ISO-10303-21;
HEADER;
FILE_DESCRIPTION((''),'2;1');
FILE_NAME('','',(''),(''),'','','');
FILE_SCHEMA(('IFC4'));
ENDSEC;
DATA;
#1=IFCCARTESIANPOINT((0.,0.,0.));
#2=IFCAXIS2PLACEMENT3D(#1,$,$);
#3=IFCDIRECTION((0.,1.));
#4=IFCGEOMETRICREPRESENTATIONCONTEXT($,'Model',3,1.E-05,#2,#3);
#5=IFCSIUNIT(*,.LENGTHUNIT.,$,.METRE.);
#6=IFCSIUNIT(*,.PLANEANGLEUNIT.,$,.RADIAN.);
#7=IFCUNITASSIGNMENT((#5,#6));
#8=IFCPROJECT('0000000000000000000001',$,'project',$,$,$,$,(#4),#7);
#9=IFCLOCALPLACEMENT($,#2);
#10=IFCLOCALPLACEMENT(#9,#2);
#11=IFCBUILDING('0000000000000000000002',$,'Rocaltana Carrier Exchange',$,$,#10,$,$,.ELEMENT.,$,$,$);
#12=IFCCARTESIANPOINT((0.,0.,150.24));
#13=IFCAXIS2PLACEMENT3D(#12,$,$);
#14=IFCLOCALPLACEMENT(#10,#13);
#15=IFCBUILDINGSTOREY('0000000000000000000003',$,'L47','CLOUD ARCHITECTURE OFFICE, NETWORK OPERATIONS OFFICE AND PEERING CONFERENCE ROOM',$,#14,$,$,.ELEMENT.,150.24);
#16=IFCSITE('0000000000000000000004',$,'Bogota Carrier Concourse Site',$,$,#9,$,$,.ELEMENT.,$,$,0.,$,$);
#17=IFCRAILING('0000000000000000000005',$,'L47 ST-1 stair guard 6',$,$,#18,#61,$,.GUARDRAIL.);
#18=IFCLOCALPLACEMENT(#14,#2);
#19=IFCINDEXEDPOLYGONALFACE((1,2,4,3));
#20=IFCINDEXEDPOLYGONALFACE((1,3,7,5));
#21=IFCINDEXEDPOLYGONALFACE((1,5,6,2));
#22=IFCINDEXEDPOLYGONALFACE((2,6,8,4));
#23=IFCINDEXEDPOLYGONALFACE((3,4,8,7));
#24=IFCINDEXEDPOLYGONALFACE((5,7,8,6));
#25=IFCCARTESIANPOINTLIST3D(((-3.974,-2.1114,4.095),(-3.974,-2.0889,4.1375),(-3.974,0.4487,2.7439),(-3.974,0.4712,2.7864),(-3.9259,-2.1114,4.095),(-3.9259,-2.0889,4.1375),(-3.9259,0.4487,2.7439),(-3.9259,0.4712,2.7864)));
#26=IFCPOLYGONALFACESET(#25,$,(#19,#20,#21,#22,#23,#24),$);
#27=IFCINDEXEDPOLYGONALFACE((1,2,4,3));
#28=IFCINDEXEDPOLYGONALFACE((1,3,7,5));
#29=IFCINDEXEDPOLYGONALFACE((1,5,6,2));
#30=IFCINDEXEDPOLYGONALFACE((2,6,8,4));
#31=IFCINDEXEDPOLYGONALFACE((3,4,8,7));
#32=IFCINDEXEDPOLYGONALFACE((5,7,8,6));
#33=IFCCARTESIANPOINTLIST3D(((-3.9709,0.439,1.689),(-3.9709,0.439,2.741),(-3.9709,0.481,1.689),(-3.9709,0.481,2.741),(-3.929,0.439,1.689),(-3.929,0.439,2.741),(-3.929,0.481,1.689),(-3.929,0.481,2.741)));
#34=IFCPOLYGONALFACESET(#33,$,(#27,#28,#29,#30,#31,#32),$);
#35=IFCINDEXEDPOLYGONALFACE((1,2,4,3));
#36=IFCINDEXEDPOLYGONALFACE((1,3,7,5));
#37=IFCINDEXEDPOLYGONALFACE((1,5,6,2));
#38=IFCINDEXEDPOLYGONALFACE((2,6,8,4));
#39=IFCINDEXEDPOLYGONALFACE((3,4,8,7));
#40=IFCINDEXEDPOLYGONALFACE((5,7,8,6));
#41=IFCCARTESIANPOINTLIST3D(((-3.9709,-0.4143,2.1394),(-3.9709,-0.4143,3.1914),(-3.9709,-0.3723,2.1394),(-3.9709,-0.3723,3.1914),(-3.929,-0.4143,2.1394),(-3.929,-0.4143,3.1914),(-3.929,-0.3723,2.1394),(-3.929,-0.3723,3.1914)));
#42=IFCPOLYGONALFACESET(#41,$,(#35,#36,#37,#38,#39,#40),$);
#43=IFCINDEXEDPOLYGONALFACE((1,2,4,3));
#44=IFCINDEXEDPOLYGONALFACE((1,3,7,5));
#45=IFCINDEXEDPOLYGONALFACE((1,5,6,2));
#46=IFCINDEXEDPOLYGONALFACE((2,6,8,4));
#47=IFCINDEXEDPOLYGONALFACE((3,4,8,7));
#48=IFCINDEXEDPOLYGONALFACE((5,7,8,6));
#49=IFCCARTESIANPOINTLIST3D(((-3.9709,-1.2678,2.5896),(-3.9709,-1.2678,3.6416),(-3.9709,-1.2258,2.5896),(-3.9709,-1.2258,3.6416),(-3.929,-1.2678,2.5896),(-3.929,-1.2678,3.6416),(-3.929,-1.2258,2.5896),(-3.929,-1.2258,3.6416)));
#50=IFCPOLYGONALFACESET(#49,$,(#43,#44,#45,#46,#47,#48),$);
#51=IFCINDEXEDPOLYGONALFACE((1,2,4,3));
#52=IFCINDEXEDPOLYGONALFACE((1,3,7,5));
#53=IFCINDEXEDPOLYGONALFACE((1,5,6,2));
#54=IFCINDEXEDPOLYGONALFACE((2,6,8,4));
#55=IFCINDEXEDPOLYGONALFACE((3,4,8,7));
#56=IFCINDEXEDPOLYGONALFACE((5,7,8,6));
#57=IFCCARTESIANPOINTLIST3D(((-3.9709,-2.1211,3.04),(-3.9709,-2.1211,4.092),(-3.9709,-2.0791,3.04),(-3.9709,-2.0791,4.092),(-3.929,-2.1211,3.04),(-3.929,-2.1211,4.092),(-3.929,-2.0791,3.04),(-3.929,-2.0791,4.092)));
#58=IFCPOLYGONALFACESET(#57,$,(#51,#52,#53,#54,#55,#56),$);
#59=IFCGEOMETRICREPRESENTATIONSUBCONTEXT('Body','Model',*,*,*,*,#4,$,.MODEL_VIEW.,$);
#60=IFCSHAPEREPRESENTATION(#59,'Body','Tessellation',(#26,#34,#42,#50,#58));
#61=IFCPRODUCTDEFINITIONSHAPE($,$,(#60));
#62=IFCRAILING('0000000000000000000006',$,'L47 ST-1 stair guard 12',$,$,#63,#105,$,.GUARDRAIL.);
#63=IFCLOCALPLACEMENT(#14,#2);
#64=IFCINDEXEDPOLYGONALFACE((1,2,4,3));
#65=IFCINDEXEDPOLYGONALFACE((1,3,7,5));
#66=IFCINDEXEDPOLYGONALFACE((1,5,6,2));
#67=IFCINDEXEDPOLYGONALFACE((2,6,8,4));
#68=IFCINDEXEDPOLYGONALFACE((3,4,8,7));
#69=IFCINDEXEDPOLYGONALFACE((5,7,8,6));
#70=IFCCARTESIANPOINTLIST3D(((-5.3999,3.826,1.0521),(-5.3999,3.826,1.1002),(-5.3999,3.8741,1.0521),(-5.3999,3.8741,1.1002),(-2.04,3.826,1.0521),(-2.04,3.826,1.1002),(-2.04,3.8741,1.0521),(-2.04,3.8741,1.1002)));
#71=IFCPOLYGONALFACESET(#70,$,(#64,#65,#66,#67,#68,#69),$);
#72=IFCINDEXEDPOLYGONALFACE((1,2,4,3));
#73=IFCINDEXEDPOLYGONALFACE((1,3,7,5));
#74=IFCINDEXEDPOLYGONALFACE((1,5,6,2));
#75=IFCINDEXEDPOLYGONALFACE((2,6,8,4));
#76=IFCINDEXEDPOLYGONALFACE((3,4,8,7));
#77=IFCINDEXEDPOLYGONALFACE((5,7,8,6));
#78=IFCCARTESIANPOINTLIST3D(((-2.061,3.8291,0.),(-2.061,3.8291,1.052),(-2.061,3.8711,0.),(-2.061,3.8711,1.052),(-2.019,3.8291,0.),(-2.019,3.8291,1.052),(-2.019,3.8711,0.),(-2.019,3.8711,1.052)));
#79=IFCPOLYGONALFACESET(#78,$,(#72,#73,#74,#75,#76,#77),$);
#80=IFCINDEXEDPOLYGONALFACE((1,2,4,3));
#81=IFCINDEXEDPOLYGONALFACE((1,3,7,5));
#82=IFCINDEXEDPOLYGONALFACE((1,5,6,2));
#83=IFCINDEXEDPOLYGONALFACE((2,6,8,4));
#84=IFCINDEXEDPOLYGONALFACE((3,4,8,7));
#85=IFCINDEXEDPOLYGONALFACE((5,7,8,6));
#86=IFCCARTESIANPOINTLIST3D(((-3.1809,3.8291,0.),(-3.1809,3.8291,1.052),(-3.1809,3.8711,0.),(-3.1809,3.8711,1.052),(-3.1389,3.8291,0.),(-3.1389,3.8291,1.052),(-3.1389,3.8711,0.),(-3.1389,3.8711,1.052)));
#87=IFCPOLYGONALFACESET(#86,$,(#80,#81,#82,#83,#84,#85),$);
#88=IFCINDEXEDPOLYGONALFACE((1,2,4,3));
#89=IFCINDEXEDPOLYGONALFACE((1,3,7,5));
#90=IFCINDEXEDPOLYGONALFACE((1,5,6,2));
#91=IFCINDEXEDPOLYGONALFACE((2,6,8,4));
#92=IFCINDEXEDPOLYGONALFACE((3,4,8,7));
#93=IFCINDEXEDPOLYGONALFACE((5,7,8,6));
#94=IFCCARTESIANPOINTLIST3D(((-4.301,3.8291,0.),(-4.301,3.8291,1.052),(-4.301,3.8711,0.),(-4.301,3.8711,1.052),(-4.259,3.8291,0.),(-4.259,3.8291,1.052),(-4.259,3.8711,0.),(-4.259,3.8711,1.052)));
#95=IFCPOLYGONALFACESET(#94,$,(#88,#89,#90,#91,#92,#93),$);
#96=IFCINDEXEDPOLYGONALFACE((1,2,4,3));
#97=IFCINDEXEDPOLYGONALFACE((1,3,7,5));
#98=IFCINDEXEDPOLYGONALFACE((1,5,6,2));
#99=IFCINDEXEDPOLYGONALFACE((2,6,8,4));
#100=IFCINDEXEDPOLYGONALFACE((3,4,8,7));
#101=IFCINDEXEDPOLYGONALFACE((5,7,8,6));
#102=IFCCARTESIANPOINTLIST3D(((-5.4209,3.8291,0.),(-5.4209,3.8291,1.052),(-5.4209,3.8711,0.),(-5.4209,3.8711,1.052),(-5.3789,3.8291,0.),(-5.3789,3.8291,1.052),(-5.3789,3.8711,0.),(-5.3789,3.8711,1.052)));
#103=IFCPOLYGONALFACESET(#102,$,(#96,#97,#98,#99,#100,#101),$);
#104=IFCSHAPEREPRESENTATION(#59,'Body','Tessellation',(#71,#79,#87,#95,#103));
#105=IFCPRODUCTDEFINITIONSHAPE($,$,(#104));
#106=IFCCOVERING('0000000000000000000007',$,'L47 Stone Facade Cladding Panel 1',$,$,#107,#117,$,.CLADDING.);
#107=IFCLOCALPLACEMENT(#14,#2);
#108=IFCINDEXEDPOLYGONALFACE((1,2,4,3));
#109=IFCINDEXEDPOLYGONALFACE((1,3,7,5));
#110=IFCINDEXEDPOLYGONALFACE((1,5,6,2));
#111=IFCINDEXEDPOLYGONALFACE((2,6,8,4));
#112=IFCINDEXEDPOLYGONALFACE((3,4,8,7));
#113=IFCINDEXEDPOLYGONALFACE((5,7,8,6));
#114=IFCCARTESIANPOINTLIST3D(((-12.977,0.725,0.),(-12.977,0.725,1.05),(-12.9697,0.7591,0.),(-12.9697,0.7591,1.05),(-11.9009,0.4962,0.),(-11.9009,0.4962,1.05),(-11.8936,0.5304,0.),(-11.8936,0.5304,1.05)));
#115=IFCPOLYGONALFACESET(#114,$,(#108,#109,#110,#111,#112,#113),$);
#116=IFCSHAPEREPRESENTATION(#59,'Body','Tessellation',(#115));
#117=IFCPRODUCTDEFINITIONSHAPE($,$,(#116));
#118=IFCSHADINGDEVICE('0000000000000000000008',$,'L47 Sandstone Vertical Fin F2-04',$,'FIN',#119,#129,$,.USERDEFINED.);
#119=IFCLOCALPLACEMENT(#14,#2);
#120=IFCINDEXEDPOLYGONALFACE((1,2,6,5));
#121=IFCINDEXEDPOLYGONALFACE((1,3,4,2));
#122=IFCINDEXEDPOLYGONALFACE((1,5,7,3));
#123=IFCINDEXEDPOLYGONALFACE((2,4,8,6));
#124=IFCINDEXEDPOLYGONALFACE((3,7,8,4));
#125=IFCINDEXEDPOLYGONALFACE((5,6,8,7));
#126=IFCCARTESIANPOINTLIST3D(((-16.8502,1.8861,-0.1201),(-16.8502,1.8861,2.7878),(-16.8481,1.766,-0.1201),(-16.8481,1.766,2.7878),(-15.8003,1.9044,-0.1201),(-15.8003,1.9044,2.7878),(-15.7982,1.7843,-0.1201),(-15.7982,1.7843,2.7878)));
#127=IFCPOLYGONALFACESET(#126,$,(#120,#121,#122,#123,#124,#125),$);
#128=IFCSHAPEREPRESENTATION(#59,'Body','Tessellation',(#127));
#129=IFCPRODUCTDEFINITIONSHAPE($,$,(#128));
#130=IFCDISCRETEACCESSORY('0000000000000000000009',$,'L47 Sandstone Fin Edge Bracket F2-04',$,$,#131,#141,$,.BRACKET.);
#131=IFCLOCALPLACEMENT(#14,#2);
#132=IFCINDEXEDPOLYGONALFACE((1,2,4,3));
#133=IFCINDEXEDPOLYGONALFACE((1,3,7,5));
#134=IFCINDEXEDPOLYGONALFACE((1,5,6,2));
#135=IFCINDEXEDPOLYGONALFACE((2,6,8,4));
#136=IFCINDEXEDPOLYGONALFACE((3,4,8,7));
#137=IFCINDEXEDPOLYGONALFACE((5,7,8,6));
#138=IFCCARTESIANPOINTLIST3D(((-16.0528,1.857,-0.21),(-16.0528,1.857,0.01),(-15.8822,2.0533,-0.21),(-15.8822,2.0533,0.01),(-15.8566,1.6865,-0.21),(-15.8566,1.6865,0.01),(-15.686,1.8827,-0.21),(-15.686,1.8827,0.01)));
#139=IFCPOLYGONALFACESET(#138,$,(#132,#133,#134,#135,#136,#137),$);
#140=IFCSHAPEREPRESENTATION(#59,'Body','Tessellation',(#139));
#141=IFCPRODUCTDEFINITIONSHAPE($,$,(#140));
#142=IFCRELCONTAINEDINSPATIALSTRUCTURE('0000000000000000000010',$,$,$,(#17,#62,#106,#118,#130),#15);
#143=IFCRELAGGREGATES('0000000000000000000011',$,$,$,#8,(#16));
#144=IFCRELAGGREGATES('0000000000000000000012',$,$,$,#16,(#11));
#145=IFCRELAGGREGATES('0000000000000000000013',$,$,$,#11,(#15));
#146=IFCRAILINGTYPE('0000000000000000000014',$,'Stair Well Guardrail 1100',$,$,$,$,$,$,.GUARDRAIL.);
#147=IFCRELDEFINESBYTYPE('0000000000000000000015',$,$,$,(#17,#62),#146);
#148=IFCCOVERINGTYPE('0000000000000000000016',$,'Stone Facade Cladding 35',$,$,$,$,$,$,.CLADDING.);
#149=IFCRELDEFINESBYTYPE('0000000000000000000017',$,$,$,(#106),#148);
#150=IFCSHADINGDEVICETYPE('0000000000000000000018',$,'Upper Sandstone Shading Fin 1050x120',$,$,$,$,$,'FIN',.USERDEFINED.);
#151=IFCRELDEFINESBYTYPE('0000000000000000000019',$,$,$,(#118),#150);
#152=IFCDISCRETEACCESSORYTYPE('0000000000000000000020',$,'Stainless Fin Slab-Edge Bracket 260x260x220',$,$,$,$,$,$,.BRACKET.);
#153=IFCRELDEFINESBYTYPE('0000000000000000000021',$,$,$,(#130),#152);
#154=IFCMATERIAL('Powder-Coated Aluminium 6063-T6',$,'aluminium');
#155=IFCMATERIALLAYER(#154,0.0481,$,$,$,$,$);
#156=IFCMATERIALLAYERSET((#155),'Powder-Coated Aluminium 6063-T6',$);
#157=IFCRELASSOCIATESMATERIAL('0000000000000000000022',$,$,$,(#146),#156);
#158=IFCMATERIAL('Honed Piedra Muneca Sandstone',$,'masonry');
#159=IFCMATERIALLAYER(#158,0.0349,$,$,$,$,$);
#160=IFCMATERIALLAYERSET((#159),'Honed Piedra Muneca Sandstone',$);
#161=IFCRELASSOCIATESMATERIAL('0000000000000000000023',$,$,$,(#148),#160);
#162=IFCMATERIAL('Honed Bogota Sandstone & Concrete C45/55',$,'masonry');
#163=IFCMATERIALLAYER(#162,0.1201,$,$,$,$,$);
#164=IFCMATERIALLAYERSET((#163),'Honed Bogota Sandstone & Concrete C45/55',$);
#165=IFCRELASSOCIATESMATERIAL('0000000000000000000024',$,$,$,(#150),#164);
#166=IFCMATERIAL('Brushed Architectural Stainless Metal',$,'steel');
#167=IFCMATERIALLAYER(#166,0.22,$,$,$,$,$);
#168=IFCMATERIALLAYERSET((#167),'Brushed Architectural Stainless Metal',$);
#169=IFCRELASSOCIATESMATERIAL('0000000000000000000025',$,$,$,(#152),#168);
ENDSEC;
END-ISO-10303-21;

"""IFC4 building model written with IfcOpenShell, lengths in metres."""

from ifc_helpers import new_model, si_unit, direction, frame, origin, origin_2d, place, context, subcontext, project, spatial, rectangle, extrude, material, layer, layer_set, type_object, element, save


model = new_model("IFC4")

# Units and contexts
model_context = context("Model", 3, precision=1e-05, world=origin(), true_north=direction((0.0, 1.0)))
body_context = subcontext(model_context, "Body", "Model", "MODEL_VIEW")
ifc_project = project(units=[si_unit("LENGTHUNIT", "METRE"), si_unit("PLANEANGLEUNIT", "RADIAN")], contexts=[model_context])

# Site, building, storey
site_placement = place(None, origin())
site = spatial("IfcSite", under=ifc_project, at=site_placement, Name="Bogota Carrier Concourse Site", CompositionType="ELEMENT", RefElevation=0.0)
building_placement = place(site_placement, origin())
building = spatial("IfcBuilding", under=site, at=building_placement, Name="Rocaltana Carrier Exchange", CompositionType="ELEMENT")
storey_placement = place(building_placement, frame((0.0, 0.0, 150.24)))
storey = spatial("IfcBuildingStorey", under=building, at=storey_placement, Name="L47", Description="CLOUD ARCHITECTURE OFFICE, NETWORK OPERATIONS OFFICE AND PEERING CONFERENCE ROOM", CompositionType="ELEMENT", Elevation=150.24)

# Railings
ifc_material_1 = material(Name="Powder-Coated Aluminium 6063-T6", Category="aluminium")
ifc_layer_1 = layer(ifc_material_1, 0.0481)
ifc_layer_set_1 = layer_set([ifc_layer_1], Name="Powder-Coated Aluminium 6063-T6")
railing_type_1 = type_object("IfcRailingType", Name="Stair Well Guardrail 1100", PredefinedType="GUARDRAIL", material=ifc_layer_set_1)
railing_1_placement = place(storey_placement, frame((-3.95, 0.46, 1.689)))
element("IfcRailing", 1, at=railing_1_placement, inside=storey, type_object=railing_type_1, Name="L47 ST-1 stair guard 6", PredefinedType="GUARDRAIL", context=body_context, shape_type="SweptSolid", body=[
    extrude(rectangle(XDim=0.0481, YDim=0.0481, at=origin_2d()), frame((0.0, 0.0, 1.0762), z_axis=(0.0, -0.884394, 0.46674), x_axis=(1.0, 0.0, 0.0)), (0.0, 0.0, 1.0), 2.8948),
    extrude(rectangle(XDim=0.042, YDim=0.042, at=origin_2d()), origin(), (0.0, 0.0, 1.0), 1.052),
    extrude(rectangle(XDim=0.042, YDim=0.042, at=origin_2d()), frame((0.0, -0.8533, 0.4504)), (0.0, 0.0, 1.0), 1.052),
    extrude(rectangle(XDim=0.042, YDim=0.042, at=origin_2d()), frame((0.0, -1.7068, 0.9006)), (0.0, 0.0, 1.0), 1.052),
    extrude(rectangle(XDim=0.042, YDim=0.042, at=origin_2d()), frame((0.0, -2.5601, 1.3511)), (0.0, 0.0, 1.0), 1.052),
])
railing_2_placement = place(storey_placement, frame((-2.04, 3.8501, 0.0)))
element("IfcRailing", 2, at=railing_2_placement, inside=storey, type_object=railing_type_1, Name="L47 ST-1 stair guard 12", PredefinedType="GUARDRAIL", context=body_context, shape_type="SweptSolid", body=[
    extrude(rectangle(XDim=0.0481, YDim=0.0481, at=origin_2d()), frame((0.0, 0.0, 1.0762), z_axis=(-1.0, 0.0, 0.0), x_axis=(0.0, -1.0, 0.0)), (0.0, 0.0, 1.0), 3.3599),
    extrude(rectangle(XDim=0.042, YDim=0.042, at=origin_2d()), origin(), (0.0, 0.0, 1.0), 1.052),
    extrude(rectangle(XDim=0.042, YDim=0.042, at=origin_2d()), frame((-1.1199, 0.0, 0.0)), (0.0, 0.0, 1.0), 1.052),
    extrude(rectangle(XDim=0.042, YDim=0.042, at=origin_2d()), frame((-2.24, 0.0, 0.0)), (0.0, 0.0, 1.0), 1.052),
    extrude(rectangle(XDim=0.042, YDim=0.042, at=origin_2d()), frame((-3.3599, 0.0, 0.0)), (0.0, 0.0, 1.0), 1.052),
])

# Covering
ifc_material_2 = material(Name="Honed Piedra Muneca Sandstone", Category="masonry")
ifc_layer_2 = layer(ifc_material_2, 0.0349)
ifc_layer_set_2 = layer_set([ifc_layer_2], Name="Honed Piedra Muneca Sandstone")
covering_type_1 = type_object("IfcCoveringType", Name="Stone Facade Cladding 35", PredefinedType="CLADDING", material=ifc_layer_set_2)
covering_1_placement = place(storey_placement, frame((-12.4353, 0.6277, 0.0), z_axis=(0.0, 0.0, 1.0), x_axis=(-0.978148, 0.207912, 0.0)))
element("IfcCovering", 3, at=covering_1_placement, inside=storey, type_object=covering_type_1, Name="L47 Stone Facade Cladding Panel 1", PredefinedType="CLADDING", context=body_context, shape_type="SweptSolid", body=[
    extrude(rectangle(XDim=1.1001, YDim=0.0349, at=origin_2d()), origin(), (0.0, 0.0, 1.0), 1.05),
])

# Shading device
ifc_material_3 = material(Name="Honed Bogota Sandstone & Concrete C45/55", Category="masonry")
ifc_layer_3 = layer(ifc_material_3, 0.1201)
ifc_layer_set_3 = layer_set([ifc_layer_3], Name="Honed Bogota Sandstone & Concrete C45/55")
shading_device_type = type_object("IfcShadingDeviceType", Name="Upper Sandstone Shading Fin 1050x120", ElementType="FIN", PredefinedType="USERDEFINED", material=ifc_layer_set_3)
shading_device_placement = place(storey_placement, frame((-16.3242, 1.8352, -0.1201), z_axis=(0.0, 0.0, 1.0), x_axis=(-0.999848, -0.017452, 0.0)))
element("IfcShadingDevice", 4, at=shading_device_placement, inside=storey, type_object=shading_device_type, Name="L47 Sandstone Vertical Fin F2-04", ObjectType="FIN", PredefinedType="USERDEFINED", context=body_context, shape_type="SweptSolid", body=[
    extrude(rectangle(XDim=1.05, YDim=0.1201, at=origin_2d()), origin(), (0.0, 0.0, 1.0), 2.908),
])

# Discrete accessory
ifc_material_4 = material(Name="Brushed Architectural Stainless Metal", Category="steel")
ifc_layer_4 = layer(ifc_material_4, 0.22)
ifc_layer_set_4 = layer_set([ifc_layer_4], Name="Brushed Architectural Stainless Metal")
discrete_accessory_type = type_object("IfcDiscreteAccessoryType", Name="Stainless Fin Slab-Edge Bracket 260x260x220", PredefinedType="BRACKET", material=ifc_layer_set_4)
discrete_accessory_placement = place(storey_placement, frame((-15.8694, 1.8699, -0.21), z_axis=(0.0, 0.0, 1.0), x_axis=(-0.656059, -0.75471, 0.0)))
element("IfcDiscreteAccessory", 5, at=discrete_accessory_placement, inside=storey, type_object=discrete_accessory_type, Name="L47 Sandstone Fin Edge Bracket F2-04", PredefinedType="BRACKET", context=body_context, shape_type="SweptSolid", body=[
    extrude(rectangle(XDim=0.26, YDim=0.26, at=origin_2d()), origin(), (0.0, 0.0, 1.0), 0.22),
])

save(model, "model.ifc")
